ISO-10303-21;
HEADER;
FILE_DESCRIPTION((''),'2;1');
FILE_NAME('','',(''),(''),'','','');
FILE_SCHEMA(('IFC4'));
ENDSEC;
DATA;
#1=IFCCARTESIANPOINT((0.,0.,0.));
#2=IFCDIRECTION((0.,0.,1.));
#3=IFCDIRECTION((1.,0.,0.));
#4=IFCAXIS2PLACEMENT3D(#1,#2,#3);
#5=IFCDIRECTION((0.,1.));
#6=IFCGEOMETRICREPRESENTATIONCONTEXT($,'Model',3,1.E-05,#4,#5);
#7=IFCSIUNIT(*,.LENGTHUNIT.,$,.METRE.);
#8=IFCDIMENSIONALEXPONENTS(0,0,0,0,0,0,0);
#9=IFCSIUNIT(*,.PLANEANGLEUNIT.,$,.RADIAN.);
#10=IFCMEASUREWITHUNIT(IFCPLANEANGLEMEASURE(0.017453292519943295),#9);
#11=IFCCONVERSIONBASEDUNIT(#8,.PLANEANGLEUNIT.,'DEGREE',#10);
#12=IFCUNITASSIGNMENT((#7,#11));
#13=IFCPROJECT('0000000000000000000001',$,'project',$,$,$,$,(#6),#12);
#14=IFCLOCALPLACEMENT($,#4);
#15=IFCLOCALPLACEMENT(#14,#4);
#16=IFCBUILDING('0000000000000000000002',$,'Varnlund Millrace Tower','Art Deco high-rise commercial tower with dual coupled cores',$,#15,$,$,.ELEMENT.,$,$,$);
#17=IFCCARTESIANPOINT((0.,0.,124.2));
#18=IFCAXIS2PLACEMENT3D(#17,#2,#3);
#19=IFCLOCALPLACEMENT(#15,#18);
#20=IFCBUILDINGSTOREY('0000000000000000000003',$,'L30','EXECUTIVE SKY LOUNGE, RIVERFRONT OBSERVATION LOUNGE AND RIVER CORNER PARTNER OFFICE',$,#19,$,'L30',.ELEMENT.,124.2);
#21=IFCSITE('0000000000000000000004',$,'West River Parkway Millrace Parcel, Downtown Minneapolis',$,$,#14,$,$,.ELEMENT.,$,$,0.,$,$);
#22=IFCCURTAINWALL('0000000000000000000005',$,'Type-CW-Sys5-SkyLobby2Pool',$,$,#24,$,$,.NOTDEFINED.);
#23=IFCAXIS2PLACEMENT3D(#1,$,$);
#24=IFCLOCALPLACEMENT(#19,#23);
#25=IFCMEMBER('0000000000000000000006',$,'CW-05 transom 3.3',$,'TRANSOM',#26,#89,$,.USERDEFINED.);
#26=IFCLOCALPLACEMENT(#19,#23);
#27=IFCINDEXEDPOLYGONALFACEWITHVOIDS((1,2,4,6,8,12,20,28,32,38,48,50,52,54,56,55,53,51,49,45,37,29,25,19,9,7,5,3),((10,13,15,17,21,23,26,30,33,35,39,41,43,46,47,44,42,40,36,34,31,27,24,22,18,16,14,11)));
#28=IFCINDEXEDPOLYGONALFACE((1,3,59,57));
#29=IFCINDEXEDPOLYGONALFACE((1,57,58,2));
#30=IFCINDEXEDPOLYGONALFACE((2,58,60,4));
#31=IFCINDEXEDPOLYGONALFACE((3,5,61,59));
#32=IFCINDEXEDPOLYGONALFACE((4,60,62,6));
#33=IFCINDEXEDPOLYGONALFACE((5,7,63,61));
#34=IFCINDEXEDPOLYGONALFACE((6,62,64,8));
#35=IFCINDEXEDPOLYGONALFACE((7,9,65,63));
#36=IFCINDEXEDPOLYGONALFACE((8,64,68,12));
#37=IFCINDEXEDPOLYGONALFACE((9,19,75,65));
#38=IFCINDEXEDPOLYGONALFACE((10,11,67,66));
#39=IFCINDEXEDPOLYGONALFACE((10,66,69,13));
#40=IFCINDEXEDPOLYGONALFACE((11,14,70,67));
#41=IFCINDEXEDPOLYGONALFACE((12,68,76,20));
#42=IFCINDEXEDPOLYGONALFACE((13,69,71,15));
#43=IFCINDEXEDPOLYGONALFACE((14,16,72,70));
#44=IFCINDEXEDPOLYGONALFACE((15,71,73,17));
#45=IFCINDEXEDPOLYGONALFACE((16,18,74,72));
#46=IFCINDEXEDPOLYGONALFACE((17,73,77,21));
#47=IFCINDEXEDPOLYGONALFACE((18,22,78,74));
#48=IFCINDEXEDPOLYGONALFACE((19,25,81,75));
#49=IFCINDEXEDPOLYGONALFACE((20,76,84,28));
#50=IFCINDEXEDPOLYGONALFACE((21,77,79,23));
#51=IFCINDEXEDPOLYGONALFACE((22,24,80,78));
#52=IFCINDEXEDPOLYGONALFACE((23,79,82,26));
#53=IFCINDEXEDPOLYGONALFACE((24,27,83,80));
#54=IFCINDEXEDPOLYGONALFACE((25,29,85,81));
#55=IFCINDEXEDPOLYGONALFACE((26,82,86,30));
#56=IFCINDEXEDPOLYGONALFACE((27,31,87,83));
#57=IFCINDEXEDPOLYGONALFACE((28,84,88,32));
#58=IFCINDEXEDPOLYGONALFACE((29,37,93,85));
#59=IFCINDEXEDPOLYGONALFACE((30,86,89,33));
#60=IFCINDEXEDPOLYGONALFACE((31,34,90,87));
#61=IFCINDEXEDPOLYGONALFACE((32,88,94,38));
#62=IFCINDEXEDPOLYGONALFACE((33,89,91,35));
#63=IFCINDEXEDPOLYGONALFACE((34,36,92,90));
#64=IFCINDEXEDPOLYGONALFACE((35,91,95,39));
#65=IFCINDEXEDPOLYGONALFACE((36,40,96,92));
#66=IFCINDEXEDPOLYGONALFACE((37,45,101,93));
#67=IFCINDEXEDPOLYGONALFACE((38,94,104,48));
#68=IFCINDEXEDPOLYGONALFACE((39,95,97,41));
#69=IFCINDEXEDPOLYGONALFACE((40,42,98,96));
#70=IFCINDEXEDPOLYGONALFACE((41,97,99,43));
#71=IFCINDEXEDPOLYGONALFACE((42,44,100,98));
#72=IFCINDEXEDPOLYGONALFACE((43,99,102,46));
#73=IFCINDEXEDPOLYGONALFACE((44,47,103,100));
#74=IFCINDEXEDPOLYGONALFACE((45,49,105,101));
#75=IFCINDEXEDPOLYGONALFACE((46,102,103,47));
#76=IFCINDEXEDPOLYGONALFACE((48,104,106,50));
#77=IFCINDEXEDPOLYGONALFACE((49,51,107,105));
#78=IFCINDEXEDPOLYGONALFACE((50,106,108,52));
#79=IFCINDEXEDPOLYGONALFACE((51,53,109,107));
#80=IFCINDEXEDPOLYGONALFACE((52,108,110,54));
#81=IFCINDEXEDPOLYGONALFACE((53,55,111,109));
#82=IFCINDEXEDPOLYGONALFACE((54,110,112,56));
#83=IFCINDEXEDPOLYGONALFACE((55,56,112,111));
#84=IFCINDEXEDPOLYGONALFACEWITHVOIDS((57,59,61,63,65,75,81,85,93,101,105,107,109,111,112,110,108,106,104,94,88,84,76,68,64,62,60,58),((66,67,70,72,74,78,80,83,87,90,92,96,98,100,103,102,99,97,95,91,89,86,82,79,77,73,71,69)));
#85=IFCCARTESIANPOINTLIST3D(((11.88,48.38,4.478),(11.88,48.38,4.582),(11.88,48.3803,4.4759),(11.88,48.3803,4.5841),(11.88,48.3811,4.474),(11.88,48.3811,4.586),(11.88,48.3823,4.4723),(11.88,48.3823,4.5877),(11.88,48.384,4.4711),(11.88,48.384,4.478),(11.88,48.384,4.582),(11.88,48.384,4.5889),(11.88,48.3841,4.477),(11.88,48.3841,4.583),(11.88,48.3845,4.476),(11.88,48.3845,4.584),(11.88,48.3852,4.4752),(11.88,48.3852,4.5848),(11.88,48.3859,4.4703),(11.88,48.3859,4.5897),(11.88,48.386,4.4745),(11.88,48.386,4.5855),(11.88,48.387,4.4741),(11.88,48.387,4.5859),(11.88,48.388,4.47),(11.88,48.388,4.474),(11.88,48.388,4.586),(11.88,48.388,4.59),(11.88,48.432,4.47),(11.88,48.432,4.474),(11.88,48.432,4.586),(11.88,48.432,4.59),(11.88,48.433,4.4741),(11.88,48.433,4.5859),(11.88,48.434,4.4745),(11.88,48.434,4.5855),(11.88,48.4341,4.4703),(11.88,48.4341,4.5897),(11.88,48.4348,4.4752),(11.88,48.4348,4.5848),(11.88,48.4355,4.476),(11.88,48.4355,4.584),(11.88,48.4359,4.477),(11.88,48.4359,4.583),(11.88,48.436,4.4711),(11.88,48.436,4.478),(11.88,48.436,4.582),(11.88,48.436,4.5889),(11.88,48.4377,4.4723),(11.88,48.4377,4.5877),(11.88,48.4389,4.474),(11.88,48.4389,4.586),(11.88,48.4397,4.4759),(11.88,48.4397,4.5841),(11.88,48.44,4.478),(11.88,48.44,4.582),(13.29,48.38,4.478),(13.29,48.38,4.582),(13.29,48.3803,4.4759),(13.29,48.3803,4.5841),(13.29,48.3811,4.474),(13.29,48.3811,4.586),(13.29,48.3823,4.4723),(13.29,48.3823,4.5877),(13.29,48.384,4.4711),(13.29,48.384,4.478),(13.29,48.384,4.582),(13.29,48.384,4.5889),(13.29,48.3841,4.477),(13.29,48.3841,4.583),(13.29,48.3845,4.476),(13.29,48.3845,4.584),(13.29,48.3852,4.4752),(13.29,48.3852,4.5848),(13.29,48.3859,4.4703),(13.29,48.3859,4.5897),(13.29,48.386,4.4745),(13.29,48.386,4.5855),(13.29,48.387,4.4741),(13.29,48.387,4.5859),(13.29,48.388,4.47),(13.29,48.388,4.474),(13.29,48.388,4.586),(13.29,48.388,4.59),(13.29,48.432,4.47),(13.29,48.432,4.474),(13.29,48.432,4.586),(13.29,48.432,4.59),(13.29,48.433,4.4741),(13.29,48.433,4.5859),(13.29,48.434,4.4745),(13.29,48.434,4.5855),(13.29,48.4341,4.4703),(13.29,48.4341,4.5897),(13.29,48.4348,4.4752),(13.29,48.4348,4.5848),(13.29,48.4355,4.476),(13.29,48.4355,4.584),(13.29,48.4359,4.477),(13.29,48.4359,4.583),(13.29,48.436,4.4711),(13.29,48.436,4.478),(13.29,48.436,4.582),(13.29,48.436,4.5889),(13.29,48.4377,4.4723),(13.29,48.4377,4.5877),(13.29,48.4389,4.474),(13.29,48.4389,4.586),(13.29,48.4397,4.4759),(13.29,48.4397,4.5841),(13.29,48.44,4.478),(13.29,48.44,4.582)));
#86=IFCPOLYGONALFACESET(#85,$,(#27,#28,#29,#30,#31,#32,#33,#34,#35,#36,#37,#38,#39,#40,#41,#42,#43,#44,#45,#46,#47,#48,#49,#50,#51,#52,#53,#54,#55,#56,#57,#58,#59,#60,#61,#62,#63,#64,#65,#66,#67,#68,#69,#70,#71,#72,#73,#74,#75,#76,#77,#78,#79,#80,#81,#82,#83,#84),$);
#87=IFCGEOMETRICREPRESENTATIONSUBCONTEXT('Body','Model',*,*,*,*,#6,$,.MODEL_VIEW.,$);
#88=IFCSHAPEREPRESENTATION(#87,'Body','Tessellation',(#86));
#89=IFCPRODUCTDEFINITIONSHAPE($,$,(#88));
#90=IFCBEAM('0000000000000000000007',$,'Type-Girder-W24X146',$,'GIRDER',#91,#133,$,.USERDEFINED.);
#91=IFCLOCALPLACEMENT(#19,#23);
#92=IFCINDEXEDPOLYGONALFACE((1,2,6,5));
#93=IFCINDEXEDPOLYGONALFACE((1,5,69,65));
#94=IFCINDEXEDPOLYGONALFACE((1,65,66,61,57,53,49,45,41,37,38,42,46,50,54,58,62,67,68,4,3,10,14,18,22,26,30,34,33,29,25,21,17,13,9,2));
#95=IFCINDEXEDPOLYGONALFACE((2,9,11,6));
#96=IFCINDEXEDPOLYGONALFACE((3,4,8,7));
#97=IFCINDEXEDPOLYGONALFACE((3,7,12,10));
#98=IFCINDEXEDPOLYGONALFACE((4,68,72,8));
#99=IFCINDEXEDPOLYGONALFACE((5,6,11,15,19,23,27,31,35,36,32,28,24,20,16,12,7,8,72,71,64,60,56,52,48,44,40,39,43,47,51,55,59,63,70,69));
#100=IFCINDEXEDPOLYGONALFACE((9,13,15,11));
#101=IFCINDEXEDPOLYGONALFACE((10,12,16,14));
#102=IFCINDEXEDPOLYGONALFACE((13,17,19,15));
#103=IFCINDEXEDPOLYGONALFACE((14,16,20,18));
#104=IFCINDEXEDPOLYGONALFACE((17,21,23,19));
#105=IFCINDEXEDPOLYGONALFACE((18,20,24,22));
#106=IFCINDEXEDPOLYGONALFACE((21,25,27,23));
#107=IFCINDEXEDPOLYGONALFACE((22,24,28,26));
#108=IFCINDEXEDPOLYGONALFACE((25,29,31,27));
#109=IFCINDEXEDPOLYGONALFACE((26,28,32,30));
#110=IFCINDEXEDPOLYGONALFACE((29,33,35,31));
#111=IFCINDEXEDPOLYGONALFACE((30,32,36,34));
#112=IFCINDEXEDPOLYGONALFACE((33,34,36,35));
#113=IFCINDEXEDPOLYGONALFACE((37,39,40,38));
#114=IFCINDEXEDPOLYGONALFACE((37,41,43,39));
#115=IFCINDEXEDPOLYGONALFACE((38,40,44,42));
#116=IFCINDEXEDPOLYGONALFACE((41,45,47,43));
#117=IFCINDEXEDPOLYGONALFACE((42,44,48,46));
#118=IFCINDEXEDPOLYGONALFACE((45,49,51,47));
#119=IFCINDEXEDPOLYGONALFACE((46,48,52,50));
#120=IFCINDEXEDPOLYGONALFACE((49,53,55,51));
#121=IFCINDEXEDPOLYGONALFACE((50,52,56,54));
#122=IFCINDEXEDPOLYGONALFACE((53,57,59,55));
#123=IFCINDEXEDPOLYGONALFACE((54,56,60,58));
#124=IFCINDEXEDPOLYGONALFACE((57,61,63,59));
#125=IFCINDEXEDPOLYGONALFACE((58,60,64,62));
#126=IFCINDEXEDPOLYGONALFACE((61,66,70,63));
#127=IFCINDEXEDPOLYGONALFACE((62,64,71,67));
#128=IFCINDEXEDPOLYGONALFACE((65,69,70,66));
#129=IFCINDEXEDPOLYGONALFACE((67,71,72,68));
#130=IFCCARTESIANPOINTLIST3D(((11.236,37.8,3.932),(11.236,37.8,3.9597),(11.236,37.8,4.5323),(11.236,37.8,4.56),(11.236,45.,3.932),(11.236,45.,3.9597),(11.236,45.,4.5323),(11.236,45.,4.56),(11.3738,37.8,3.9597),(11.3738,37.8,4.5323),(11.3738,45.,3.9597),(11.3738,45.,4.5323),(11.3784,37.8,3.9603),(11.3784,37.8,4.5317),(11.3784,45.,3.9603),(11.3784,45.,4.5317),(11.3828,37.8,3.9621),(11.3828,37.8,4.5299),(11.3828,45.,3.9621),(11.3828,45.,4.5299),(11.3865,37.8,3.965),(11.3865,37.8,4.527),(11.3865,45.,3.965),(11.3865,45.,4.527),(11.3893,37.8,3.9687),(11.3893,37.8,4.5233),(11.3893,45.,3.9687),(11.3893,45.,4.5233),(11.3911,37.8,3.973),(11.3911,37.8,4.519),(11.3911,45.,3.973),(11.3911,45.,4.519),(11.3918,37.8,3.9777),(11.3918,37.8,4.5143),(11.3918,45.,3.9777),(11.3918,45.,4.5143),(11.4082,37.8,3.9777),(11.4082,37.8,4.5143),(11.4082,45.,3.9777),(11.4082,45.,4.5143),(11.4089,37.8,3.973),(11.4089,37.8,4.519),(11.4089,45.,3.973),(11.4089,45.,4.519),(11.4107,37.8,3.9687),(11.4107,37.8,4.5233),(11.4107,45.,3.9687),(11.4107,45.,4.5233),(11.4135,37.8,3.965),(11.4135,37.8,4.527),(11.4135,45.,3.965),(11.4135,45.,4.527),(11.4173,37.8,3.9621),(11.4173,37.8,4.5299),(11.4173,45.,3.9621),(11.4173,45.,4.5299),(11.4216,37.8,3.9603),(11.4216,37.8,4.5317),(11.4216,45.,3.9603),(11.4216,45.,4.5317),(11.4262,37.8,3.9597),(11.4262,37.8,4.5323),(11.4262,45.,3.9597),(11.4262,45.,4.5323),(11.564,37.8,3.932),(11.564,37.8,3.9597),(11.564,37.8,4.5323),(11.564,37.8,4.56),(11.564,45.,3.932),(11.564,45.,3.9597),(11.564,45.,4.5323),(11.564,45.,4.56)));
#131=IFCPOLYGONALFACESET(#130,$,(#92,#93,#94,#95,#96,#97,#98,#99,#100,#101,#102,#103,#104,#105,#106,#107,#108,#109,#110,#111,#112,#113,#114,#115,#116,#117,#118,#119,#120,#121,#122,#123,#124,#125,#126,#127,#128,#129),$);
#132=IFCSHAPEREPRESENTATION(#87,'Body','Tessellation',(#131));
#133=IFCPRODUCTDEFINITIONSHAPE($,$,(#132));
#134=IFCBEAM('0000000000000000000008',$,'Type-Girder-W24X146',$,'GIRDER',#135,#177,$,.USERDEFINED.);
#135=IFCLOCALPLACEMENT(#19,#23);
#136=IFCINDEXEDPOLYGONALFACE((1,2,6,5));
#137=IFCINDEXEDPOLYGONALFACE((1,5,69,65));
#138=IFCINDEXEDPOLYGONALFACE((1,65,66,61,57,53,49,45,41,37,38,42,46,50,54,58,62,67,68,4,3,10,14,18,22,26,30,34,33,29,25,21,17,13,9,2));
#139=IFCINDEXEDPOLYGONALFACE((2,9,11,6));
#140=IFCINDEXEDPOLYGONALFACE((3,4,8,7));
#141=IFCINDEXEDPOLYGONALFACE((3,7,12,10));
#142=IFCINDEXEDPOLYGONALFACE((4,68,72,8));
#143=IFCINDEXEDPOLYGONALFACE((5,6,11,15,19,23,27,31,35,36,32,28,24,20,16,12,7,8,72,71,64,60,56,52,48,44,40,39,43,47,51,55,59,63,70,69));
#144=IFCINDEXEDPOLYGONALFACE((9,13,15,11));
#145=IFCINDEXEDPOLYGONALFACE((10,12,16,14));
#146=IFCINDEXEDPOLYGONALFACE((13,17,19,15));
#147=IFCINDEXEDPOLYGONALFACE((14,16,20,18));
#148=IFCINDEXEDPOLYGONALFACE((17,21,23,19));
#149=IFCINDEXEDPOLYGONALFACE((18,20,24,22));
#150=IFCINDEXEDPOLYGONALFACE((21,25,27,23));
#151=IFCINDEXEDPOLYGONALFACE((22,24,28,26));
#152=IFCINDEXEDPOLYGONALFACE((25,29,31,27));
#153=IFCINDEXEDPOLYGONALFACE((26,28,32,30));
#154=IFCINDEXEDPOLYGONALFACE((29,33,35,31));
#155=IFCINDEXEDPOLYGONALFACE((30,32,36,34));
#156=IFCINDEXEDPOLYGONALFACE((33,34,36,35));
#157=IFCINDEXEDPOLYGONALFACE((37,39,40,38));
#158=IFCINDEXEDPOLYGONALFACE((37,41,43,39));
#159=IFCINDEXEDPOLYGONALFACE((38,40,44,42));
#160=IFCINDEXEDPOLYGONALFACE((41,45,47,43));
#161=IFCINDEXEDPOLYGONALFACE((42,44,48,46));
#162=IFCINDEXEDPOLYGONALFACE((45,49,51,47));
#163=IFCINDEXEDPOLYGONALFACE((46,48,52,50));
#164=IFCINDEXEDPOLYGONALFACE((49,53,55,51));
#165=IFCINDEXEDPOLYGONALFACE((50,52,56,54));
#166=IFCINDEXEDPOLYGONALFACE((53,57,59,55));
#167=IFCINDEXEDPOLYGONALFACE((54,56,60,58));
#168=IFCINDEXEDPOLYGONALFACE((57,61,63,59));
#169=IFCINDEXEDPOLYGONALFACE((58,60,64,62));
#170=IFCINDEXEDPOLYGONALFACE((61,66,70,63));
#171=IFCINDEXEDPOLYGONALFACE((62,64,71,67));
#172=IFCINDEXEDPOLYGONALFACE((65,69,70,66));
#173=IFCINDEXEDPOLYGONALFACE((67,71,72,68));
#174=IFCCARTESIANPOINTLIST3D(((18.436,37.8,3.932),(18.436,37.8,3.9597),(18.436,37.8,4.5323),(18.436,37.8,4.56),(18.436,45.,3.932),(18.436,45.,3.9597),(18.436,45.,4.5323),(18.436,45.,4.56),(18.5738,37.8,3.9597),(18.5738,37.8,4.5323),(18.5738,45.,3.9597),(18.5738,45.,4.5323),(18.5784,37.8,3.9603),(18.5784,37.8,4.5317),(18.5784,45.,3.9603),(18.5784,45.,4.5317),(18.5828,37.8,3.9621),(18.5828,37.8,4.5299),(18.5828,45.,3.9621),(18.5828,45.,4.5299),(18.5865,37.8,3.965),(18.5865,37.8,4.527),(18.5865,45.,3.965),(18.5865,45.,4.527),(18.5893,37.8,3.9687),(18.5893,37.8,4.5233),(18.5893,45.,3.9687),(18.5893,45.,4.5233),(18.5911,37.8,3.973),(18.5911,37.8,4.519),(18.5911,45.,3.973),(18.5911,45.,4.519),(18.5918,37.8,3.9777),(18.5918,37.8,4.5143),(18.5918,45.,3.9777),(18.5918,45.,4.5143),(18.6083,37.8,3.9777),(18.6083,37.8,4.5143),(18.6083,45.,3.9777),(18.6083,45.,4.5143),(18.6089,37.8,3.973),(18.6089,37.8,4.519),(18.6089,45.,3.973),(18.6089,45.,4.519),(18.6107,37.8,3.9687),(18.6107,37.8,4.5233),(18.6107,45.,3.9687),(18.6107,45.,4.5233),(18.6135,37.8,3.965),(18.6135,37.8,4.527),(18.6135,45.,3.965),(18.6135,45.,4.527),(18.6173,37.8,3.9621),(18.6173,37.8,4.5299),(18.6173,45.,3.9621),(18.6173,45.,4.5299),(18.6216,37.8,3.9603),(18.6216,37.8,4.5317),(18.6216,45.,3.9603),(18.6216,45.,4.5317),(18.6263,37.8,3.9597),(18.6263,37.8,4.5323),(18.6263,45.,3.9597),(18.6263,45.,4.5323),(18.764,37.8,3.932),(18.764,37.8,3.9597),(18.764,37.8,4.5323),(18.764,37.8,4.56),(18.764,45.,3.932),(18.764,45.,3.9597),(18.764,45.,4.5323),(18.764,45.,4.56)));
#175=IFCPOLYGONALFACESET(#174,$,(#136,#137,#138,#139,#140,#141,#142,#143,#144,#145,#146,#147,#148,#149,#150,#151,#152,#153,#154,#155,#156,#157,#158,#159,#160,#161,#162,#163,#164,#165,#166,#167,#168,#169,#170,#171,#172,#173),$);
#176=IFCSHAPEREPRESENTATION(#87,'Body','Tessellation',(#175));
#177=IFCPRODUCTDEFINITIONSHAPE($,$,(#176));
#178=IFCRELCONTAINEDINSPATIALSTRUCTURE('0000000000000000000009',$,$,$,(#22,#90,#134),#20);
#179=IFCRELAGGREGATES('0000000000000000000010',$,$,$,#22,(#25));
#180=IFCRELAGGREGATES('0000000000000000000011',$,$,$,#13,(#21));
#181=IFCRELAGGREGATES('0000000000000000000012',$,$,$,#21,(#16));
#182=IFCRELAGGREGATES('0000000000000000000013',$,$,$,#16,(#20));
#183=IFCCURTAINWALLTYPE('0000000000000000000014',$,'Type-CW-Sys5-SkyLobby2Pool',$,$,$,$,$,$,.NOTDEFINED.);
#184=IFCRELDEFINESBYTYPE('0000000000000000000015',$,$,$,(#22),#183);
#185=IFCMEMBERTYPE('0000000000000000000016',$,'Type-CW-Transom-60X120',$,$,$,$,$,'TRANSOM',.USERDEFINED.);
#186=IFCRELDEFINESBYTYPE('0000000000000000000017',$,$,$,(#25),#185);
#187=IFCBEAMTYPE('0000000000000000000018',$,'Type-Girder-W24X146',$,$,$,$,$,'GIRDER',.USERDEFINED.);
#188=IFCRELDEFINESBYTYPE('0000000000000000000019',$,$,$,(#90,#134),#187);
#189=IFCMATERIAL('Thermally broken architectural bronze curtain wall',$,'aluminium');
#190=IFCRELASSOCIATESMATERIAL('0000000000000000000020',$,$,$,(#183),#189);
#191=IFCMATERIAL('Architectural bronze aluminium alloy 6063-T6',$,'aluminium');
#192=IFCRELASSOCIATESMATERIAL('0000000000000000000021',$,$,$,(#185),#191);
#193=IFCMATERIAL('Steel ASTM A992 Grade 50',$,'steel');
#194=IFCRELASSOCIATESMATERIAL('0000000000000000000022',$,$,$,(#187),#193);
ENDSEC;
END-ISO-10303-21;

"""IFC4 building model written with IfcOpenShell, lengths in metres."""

from ifc_helpers import new_model, entity, si_unit, converted_unit, direction, frame, origin_with_axes, origin_2d_with_axis, place, context, subcontext, project, spatial, hollow_rectangle, i_section, extrude, material, material_profile, profile_set, type_object, element, aggregate, save


model = new_model("IFC4")

# Units and contexts
model_context = context("Model", 3, precision=1e-05, world=origin_with_axes(), true_north=direction((0.0, 1.0)))
body_context = subcontext(model_context, "Body", "Model", "MODEL_VIEW")
ifc_project = project(units=[si_unit("LENGTHUNIT", "METRE"), converted_unit("PLANEANGLEUNIT", "DEGREE", entity("IfcPlaneAngleMeasure", 0.017453292519943295), si_unit("PLANEANGLEUNIT", "RADIAN"), dimensions=[0, 0, 0, 0, 0, 0, 0])], contexts=[model_context])

# Site, building, storey
site_placement = place(None, origin_with_axes())
site = spatial("IfcSite", under=ifc_project, at=site_placement, Name="West River Parkway Millrace Parcel, Downtown Minneapolis", CompositionType="ELEMENT", RefElevation=0.0)
building_placement = place(site_placement, origin_with_axes())
building = spatial("IfcBuilding", under=site, at=building_placement, Name="Varnlund Millrace Tower", Description="Art Deco high-rise commercial tower with dual coupled cores", CompositionType="ELEMENT")
storey_placement = place(building_placement, frame((0.0, 0.0, 124.2), z_axis=(0.0, 0.0, 1.0), x_axis=(1.0, 0.0, 0.0)))
storey = spatial("IfcBuildingStorey", under=building, at=storey_placement, Name="L30", Description="EXECUTIVE SKY LOUNGE, RIVERFRONT OBSERVATION LOUNGE AND RIVER CORNER PARTNER OFFICE", LongName="L30", CompositionType="ELEMENT", Elevation=124.2)

# Curtain wall, member
ifc_material_1 = material(Name="Thermally broken architectural bronze curtain wall", Category="aluminium")
curtain_wall_type = type_object("IfcCurtainWallType", Name="Type-CW-Sys5-SkyLobby2Pool", PredefinedType="NOTDEFINED", material=ifc_material_1)
curtain_wall_placement = place(storey_placement, frame((8.85, 48.41, 0.0), z_axis=(0.0, 0.0, 1.0), x_axis=(1.0, 0.0, 0.0)))
curtain_wall = element("IfcCurtainWall", 1, at=curtain_wall_placement, inside=storey, type_object=curtain_wall_type, Name="Type-CW-Sys5-SkyLobby2Pool", PredefinedType="NOTDEFINED")
ifc_material_2 = material(Name="Architectural bronze aluminium alloy 6063-T6", Category="aluminium")
ifc_material_profile_1 = material_profile(ifc_material_2, hollow_rectangle(XDim=0.06, YDim=0.12, WallThickness=0.004, InnerFilletRadius=0.004, OuterFilletRadius=0.008, at=origin_2d_with_axis()), Name="Architectural bronze aluminium alloy 6063-T6")
ifc_profile_set_1 = profile_set([ifc_material_profile_1], Name="Architectural bronze aluminium alloy 6063-T6")
member_type = type_object("IfcMemberType", Name="Type-CW-Transom-60X120", ElementType="TRANSOM", PredefinedType="USERDEFINED", material=ifc_profile_set_1)
member_1_placement = place(storey_placement, frame((11.88, 48.41, 4.53), z_axis=(1.0, 0.0, 0.0), x_axis=(0.0, 1.0, 0.0)))
member_1 = element("IfcMember", 2, at=member_1_placement, type_object=member_type, Name="CW-05 transom 3.3", ObjectType="TRANSOM", PredefinedType="USERDEFINED", context=body_context, shape_type="SweptSolid", body=[
    extrude(hollow_rectangle(XDim=0.06, YDim=0.12, WallThickness=0.004, InnerFilletRadius=0.004, OuterFilletRadius=0.008, at=origin_2d_with_axis()), origin_with_axes(), (0.0, 0.0, 1.0), 1.41),
])

# Beams
ifc_material_3 = material(Name="Steel ASTM A992 Grade 50", Category="steel")
ifc_material_profile_2 = material_profile(ifc_material_3, i_section(OverallWidth=0.328, OverallDepth=0.628, WebThickness=0.0165, FlangeThickness=0.0277, FilletRadius=0.018, at=origin_2d_with_axis()), Name="Steel ASTM A992 Grade 50")
ifc_profile_set_2 = profile_set([ifc_material_profile_2], Name="Steel ASTM A992 Grade 50")
beam_type_1 = type_object("IfcBeamType", Name="Type-Girder-W24X146", ElementType="GIRDER", PredefinedType="USERDEFINED", material=ifc_profile_set_2)
for number, where, z_axis, x_axis, name in (
    (3, (11.4, 37.8, 4.246), (0.0, 1.0, 0.0), (-1.0, 0.0, 0.0), "Type-Girder-W24X146"),
    (4, (18.6, 37.8, 4.246), (0.0, 1.0, 0.0), (-1.0, 0.0, 0.0), "Type-Girder-W24X146"),
):
    element("IfcBeam", number, at=place(storey_placement, frame(where, z_axis=z_axis, x_axis=x_axis)), inside=storey, type_object=beam_type_1, Name=name, ObjectType="GIRDER", PredefinedType="USERDEFINED", context=body_context, shape_type="SweptSolid", body=[
        extrude(i_section(OverallWidth=0.328, OverallDepth=0.628, WebThickness=0.0165, FlangeThickness=0.0277, FilletRadius=0.018, at=origin_2d_with_axis()), origin_with_axes(), (0.0, 0.0, 1.0), 7.2),
    ])

aggregate(curtain_wall, [member_1])

save(model, "model.ifc")
